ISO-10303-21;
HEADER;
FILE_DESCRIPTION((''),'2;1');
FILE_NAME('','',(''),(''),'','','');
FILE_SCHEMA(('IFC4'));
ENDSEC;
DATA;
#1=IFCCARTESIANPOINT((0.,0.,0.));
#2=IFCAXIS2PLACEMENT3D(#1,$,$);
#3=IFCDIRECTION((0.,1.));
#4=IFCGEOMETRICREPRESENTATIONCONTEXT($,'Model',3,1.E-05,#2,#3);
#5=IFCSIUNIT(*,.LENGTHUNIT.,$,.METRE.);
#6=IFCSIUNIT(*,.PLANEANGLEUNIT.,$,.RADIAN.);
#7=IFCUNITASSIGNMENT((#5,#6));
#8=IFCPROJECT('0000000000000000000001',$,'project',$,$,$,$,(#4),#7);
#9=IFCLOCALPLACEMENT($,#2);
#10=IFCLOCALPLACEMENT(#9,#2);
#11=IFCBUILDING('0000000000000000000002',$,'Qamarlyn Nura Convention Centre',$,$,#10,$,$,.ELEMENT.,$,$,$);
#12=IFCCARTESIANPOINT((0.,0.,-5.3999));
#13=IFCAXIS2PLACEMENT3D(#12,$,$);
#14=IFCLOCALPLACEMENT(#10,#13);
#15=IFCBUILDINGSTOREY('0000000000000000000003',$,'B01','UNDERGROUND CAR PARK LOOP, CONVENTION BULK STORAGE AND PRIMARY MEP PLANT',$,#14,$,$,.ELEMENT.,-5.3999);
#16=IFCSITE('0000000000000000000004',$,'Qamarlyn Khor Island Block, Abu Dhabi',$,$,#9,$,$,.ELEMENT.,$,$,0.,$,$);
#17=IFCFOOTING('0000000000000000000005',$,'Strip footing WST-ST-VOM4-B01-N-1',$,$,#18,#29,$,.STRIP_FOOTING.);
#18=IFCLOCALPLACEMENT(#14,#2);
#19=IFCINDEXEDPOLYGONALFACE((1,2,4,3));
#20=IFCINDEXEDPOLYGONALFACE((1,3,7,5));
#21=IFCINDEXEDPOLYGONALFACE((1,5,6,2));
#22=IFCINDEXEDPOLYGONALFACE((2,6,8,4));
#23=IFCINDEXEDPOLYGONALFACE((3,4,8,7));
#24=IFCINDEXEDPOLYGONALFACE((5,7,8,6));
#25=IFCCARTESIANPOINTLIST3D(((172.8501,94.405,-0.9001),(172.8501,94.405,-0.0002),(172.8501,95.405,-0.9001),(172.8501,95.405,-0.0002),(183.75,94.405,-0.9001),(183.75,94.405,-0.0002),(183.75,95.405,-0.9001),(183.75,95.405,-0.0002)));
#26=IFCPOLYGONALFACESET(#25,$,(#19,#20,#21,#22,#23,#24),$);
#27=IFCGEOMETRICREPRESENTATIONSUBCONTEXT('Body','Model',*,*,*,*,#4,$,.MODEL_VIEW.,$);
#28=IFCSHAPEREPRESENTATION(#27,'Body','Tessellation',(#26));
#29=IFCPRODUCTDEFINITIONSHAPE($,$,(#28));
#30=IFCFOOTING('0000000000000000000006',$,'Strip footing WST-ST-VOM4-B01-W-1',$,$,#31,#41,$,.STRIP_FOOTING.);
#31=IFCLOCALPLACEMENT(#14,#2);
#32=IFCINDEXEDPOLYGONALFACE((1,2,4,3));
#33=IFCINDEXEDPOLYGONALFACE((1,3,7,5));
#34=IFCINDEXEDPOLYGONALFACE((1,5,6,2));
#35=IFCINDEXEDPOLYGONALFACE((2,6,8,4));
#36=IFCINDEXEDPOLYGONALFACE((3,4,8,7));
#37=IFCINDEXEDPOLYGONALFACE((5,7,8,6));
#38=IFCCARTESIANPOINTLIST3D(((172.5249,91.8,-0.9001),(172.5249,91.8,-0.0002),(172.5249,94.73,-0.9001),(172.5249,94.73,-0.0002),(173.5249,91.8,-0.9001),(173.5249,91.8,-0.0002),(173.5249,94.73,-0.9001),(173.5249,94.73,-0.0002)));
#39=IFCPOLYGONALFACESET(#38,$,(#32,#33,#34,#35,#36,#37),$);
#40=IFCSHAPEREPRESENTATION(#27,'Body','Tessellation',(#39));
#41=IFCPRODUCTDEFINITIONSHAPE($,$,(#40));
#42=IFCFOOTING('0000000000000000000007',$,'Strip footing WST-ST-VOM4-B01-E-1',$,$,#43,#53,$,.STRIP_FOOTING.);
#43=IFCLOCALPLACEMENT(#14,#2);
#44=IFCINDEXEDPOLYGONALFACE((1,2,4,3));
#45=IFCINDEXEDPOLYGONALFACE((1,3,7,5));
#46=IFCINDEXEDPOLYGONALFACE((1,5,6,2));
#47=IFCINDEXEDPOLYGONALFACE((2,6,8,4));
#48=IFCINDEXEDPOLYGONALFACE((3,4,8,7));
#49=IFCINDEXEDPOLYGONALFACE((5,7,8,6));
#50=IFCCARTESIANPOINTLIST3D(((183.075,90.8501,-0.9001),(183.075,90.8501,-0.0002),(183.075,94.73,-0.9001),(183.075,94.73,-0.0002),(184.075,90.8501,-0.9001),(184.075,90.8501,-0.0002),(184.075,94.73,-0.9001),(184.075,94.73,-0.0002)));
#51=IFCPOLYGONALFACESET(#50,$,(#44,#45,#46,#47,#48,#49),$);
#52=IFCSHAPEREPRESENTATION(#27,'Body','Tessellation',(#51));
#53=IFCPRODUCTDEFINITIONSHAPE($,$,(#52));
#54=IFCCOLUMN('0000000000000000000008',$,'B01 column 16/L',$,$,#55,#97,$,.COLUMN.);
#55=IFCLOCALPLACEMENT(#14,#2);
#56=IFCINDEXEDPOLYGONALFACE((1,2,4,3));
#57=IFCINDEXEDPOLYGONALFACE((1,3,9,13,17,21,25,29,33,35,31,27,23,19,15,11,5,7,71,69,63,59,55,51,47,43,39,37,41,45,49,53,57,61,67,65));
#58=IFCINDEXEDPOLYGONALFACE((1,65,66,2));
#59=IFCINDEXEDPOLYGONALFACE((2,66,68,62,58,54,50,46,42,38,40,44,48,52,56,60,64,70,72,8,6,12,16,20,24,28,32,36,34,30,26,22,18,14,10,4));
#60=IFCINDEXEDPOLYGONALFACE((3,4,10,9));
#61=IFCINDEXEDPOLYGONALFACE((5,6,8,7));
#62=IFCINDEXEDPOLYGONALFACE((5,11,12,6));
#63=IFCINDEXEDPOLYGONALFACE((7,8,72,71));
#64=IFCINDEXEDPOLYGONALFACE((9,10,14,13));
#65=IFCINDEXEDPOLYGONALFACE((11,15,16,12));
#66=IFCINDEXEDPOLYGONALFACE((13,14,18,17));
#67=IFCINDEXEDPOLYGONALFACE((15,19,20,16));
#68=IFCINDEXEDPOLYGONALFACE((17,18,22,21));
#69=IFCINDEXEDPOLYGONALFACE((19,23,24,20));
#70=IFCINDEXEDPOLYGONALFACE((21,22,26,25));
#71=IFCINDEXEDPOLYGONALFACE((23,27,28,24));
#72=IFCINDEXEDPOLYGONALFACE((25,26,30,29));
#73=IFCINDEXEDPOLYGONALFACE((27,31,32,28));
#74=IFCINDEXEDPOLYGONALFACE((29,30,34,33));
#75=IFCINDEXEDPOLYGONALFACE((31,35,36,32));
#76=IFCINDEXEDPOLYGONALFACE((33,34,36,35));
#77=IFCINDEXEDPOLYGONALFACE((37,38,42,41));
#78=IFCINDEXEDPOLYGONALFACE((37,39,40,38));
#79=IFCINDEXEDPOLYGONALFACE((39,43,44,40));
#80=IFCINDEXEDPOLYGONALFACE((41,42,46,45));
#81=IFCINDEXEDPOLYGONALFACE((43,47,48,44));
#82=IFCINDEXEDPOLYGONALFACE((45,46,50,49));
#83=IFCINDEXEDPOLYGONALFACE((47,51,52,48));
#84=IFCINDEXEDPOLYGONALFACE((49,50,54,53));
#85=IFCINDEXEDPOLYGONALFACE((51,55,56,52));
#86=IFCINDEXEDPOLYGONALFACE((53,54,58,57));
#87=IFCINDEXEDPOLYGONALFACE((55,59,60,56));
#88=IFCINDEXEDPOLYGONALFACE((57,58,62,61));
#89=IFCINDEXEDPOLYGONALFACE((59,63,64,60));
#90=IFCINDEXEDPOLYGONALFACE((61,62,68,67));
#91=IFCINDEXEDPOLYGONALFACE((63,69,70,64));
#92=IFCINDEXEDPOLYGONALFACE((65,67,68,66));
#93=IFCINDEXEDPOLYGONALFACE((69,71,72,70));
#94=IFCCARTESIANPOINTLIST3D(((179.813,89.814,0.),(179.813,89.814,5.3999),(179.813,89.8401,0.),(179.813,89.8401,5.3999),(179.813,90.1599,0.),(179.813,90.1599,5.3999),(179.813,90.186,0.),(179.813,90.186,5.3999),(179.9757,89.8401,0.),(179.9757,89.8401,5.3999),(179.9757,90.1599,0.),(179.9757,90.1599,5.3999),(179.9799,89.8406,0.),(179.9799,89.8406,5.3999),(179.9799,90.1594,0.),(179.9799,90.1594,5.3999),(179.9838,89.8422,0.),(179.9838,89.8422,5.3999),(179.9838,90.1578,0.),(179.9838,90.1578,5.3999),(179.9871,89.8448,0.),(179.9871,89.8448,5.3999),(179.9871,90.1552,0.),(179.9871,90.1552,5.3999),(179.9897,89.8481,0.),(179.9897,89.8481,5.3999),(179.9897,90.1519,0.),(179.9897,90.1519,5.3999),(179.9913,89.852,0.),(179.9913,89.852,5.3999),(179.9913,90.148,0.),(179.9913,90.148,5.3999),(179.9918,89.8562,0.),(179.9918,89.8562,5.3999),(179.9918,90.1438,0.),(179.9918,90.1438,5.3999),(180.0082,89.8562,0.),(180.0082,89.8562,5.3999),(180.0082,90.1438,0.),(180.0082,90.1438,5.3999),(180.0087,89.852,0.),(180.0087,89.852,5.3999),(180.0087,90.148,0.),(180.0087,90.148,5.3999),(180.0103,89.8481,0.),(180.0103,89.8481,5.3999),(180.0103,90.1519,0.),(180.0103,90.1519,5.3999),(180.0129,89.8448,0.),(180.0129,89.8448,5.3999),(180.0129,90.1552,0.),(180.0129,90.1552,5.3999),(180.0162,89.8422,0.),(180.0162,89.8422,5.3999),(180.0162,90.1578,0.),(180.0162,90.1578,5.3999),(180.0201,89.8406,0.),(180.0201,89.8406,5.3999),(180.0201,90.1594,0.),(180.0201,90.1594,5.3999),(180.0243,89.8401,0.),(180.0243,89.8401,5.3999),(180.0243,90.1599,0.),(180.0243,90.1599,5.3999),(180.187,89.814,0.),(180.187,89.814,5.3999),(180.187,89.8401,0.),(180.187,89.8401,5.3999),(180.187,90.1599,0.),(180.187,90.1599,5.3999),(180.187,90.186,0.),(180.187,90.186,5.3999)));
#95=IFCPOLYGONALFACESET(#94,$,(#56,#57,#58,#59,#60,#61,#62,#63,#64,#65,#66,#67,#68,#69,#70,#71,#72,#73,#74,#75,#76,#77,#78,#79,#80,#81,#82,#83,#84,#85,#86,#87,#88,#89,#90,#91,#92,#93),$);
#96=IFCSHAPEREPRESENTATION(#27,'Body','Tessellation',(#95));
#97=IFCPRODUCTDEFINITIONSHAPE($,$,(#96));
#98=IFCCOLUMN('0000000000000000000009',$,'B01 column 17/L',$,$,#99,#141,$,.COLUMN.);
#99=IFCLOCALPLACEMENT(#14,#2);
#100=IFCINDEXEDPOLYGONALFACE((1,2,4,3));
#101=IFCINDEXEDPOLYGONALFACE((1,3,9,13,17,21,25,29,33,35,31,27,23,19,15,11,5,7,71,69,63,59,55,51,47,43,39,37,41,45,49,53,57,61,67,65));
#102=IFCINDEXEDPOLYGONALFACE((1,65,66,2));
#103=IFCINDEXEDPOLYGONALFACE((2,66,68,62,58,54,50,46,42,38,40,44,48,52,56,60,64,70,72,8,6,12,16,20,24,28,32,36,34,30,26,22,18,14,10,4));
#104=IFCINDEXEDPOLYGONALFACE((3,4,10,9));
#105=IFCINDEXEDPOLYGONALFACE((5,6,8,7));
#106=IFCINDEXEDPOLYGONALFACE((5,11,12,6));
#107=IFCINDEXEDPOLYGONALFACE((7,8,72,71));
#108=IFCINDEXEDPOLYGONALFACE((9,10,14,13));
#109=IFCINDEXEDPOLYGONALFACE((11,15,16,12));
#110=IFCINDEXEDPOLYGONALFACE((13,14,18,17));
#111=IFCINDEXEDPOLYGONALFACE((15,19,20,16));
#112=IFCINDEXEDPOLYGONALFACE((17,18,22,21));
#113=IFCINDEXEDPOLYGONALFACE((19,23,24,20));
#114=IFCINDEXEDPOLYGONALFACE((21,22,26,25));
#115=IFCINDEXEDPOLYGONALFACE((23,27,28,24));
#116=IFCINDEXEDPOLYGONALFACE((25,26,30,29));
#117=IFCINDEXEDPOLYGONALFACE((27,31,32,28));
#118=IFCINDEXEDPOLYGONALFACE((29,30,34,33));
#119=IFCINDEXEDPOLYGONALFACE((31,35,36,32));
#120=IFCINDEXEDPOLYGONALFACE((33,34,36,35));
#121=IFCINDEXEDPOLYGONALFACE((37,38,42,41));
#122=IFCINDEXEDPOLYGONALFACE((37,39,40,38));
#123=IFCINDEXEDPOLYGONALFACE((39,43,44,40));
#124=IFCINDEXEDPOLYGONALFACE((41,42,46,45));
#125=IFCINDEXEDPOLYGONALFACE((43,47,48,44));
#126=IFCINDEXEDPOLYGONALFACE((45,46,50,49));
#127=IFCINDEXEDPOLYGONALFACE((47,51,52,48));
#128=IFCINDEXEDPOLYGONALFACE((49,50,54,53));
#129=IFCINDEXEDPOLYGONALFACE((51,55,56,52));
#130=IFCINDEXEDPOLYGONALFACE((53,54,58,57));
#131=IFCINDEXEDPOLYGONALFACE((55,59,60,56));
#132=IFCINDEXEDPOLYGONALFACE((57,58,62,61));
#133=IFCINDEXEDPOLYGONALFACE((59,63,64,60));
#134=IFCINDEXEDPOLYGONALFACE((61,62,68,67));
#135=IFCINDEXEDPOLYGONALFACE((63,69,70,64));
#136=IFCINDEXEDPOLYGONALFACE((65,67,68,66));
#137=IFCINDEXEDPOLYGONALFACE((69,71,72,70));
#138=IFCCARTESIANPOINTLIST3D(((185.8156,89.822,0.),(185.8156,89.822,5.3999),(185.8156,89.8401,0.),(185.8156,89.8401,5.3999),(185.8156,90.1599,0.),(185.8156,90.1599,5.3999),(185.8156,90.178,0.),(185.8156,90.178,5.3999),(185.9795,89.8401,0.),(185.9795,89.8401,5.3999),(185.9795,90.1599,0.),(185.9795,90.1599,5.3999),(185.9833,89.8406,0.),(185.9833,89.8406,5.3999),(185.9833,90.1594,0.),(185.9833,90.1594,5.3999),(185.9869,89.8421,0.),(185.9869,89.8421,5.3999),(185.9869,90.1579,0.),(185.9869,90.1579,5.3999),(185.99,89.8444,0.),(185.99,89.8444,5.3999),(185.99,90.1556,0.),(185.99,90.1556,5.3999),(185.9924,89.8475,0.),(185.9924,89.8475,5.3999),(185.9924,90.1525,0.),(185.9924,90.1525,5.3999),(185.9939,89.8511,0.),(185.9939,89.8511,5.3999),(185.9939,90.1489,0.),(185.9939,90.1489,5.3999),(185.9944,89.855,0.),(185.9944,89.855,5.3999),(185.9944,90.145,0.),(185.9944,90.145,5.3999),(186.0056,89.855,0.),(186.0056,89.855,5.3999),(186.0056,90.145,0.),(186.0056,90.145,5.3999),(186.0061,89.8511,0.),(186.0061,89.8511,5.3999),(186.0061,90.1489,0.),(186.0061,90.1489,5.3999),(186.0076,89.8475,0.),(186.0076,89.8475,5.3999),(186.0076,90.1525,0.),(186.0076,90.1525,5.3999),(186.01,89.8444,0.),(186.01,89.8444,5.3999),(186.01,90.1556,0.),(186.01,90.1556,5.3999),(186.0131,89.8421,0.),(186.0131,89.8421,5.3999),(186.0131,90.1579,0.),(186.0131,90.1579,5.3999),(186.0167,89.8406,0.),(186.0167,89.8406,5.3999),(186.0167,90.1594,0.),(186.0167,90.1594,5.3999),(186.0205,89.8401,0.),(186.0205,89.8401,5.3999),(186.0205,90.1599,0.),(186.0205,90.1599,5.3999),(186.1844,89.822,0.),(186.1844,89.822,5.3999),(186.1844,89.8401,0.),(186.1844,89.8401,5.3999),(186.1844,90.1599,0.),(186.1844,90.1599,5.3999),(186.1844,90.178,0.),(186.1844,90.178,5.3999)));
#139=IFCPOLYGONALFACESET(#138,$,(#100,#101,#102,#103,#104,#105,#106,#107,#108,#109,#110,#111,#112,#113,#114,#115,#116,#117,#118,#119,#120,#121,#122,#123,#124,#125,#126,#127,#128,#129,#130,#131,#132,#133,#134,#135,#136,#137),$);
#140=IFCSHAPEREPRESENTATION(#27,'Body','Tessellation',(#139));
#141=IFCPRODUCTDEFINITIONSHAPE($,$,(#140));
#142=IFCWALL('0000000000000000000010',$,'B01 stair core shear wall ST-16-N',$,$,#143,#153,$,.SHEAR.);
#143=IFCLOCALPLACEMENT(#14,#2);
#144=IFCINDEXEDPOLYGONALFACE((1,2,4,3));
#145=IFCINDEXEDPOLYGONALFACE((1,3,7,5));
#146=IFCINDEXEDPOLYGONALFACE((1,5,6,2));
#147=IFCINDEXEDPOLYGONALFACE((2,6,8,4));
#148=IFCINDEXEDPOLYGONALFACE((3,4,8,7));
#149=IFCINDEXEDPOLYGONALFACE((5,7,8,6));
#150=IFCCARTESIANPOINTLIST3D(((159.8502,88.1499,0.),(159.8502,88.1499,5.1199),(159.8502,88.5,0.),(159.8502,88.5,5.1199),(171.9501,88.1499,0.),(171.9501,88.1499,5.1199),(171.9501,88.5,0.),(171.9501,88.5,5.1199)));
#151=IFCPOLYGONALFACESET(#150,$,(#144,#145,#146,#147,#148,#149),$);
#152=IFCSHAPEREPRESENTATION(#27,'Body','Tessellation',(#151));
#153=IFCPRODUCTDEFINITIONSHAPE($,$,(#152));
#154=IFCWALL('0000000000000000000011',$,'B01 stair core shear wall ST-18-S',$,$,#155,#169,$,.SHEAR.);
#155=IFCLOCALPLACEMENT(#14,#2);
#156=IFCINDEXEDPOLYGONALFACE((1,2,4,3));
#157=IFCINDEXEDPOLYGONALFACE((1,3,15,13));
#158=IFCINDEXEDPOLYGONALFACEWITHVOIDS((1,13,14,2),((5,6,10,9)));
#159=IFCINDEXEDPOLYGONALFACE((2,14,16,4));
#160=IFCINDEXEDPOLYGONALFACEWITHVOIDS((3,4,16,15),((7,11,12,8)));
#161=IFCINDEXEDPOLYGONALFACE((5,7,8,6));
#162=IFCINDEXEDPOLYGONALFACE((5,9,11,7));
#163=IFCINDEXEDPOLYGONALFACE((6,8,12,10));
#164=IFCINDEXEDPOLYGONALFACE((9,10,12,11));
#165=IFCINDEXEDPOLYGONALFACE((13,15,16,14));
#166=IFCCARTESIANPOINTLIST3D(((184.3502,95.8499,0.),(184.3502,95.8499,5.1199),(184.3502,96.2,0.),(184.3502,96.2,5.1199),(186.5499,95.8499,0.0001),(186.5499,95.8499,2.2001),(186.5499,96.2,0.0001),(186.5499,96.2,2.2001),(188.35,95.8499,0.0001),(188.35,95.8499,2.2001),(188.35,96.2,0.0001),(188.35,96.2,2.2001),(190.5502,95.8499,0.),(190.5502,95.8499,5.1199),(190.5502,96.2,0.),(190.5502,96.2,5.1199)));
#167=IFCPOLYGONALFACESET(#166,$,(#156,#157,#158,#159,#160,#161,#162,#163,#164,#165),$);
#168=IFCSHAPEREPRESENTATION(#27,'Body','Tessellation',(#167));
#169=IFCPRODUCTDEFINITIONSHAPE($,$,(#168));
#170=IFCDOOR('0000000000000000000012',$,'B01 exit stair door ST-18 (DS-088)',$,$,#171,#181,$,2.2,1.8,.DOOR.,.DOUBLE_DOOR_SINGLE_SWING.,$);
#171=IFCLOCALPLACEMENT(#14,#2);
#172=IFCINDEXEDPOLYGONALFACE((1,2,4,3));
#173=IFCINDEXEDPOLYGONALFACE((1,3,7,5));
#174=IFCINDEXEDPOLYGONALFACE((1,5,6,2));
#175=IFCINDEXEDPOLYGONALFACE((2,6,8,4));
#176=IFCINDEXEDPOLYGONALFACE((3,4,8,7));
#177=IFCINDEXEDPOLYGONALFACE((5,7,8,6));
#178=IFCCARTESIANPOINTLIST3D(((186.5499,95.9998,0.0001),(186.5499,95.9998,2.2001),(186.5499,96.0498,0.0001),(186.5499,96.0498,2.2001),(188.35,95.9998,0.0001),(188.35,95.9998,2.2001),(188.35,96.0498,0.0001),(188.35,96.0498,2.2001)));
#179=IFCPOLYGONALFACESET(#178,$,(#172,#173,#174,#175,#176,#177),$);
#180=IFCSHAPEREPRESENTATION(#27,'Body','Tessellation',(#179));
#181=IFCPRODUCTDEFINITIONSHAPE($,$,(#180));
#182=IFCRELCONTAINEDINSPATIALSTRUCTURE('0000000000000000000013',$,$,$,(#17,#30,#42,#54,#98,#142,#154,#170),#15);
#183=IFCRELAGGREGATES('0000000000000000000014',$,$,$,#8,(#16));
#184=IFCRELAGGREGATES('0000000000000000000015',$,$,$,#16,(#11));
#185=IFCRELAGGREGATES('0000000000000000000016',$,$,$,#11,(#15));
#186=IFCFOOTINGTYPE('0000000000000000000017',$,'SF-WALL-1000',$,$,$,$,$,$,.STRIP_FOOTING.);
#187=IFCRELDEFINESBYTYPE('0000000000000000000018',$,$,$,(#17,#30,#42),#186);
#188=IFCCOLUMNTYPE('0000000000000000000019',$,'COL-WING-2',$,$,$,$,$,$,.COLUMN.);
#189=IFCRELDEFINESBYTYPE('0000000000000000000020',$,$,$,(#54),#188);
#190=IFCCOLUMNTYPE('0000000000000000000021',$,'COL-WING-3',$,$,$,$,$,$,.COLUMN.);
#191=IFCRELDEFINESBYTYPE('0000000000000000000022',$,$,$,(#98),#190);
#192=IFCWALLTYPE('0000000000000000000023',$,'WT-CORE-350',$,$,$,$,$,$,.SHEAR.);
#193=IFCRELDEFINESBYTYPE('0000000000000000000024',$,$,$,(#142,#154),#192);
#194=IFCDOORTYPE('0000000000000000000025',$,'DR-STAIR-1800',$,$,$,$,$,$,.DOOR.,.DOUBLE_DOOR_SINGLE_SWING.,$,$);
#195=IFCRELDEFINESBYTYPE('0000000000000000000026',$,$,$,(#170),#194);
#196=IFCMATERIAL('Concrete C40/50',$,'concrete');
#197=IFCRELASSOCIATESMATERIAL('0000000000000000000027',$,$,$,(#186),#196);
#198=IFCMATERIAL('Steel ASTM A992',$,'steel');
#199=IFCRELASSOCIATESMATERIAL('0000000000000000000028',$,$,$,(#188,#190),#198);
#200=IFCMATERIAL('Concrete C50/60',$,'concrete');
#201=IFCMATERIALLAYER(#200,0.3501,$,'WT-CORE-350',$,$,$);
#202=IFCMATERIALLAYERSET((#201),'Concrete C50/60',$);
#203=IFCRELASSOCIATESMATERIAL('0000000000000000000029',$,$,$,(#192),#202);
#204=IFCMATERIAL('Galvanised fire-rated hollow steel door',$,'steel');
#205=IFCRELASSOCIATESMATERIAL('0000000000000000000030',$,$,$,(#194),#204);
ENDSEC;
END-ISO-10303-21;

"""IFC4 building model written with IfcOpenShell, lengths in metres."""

from ifc_helpers import new_model, si_unit, direction, frame, frame_2d, origin, origin_2d, place, context, subcontext, project, spatial, rectangle, i_section, extrude, material, layer, layer_set, material_profile, profile_set, type_object, element, fill, save


model = new_model("IFC4")

# Units and contexts
model_context = context("Model", 3, precision=1e-05, world=origin(), true_north=direction((0.0, 1.0)))
body_context = subcontext(model_context, "Body", "Model", "MODEL_VIEW")
ifc_project = project(units=[si_unit("LENGTHUNIT", "METRE"), si_unit("PLANEANGLEUNIT", "RADIAN")], contexts=[model_context])

# Site, building, storey
site_placement = place(None, origin())
site = spatial("IfcSite", under=ifc_project, at=site_placement, Name="Qamarlyn Khor Island Block, Abu Dhabi", CompositionType="ELEMENT", RefElevation=0.0)
building_placement = place(site_placement, origin())
building = spatial("IfcBuilding", under=site, at=building_placement, Name="Qamarlyn Nura Convention Centre", CompositionType="ELEMENT")
storey_placement = place(building_placement, frame((0.0, 0.0, -5.3999)))
storey = spatial("IfcBuildingStorey", under=building, at=storey_placement, Name="B01", Description="UNDERGROUND CAR PARK LOOP, CONVENTION BULK STORAGE AND PRIMARY MEP PLANT", CompositionType="ELEMENT", Elevation=-5.3999)

# Shared definitions
ifc_material_1 = material(Name="Concrete C40/50", Category="concrete")

# Footings
ifc_material_profile_1 = material_profile(ifc_material_1, rectangle(XDim=1.0, YDim=0.8999, at=origin_2d()), Name="RC STRIP 1000x900")
ifc_profile_set_1 = profile_set([ifc_material_profile_1], Name="Concrete C40/50")
footing_type_1 = type_object("IfcFootingType", Name="SF-WALL-1000", PredefinedType="STRIP_FOOTING", material=ifc_profile_set_1)
footing_1_placement = place(storey_placement, frame((183.75, 94.905, -0.4502), z_axis=(-1.0, 0.0, 0.0), x_axis=(0.0, -1.0, 0.0)))
element("IfcFooting", 1, at=footing_1_placement, inside=storey, type_object=footing_type_1, Name="Strip footing WST-ST-VOM4-B01-N-1", PredefinedType="STRIP_FOOTING", context=body_context, shape_type="SweptSolid", body=[
    extrude(rectangle(XDim=1.0, YDim=0.8999, at=origin_2d()), origin(), (0.0, 0.0, 1.0), 10.8999),
])
footing_2_placement = place(storey_placement, frame((173.0249, 94.73, -0.4502), z_axis=(0.0, -1.0, 0.0), x_axis=(1.0, 0.0, 0.0)))
element("IfcFooting", 2, at=footing_2_placement, inside=storey, type_object=footing_type_1, Name="Strip footing WST-ST-VOM4-B01-W-1", PredefinedType="STRIP_FOOTING", context=body_context, shape_type="SweptSolid", body=[
    extrude(rectangle(XDim=1.0, YDim=0.8999, at=origin_2d()), origin(), (0.0, 0.0, 1.0), 2.9299),
])
footing_3_placement = place(storey_placement, frame((183.575, 90.8501, -0.4502), z_axis=(0.0, 1.0, 0.0), x_axis=(-1.0, 0.0, 0.0)))
element("IfcFooting", 3, at=footing_3_placement, inside=storey, type_object=footing_type_1, Name="Strip footing WST-ST-VOM4-B01-E-1", PredefinedType="STRIP_FOOTING", context=body_context, shape_type="SweptSolid", body=[
    extrude(rectangle(XDim=1.0, YDim=0.8999, at=origin_2d()), origin(), (0.0, 0.0, 1.0), 3.8799),
])

# Columns
ifc_material_2 = material(Name="Steel ASTM A992", Category="steel")
ifc_material_profile_2 = material_profile(ifc_material_2, i_section(OverallWidth=0.374, OverallDepth=0.3721, WebThickness=0.0164, FlangeThickness=0.0261, FilletRadius=0.0161, at=origin_2d()), Name="W360X196")
ifc_profile_set_2 = profile_set([ifc_material_profile_2], Name="Steel ASTM A992")
column_type_1 = type_object("IfcColumnType", Name="COL-WING-2", PredefinedType="COLUMN", material=ifc_profile_set_2)
column_1_placement = place(storey_placement, frame((180.0, 90.0, 0.0), z_axis=(0.0, 0.0, 1.0), x_axis=(1.0, 0.0, 0.0)))
element("IfcColumn", 4, at=column_1_placement, inside=storey, type_object=column_type_1, Name="B01 column 16/L", PredefinedType="COLUMN", context=body_context, shape_type="SweptSolid", body=[
    extrude(i_section(OverallWidth=0.374, OverallDepth=0.3721, WebThickness=0.0164, FlangeThickness=0.0261, FilletRadius=0.0161, at=origin_2d()), origin(), (0.0, 0.0, 1.0), 5.3999),
])
ifc_material_profile_3 = material_profile(ifc_material_2, i_section(OverallWidth=0.3689, OverallDepth=0.356, WebThickness=0.0112, FlangeThickness=0.0181, FilletRadius=0.0149, at=origin_2d()), Name="W360X134")
ifc_profile_set_3 = profile_set([ifc_material_profile_3], Name="Steel ASTM A992")
column_type_2 = type_object("IfcColumnType", Name="COL-WING-3", PredefinedType="COLUMN", material=ifc_profile_set_3)
column_2_placement = place(storey_placement, frame((186.0, 90.0, 0.0), z_axis=(0.0, 0.0, 1.0), x_axis=(1.0, 0.0, 0.0)))
element("IfcColumn", 5, at=column_2_placement, inside=storey, type_object=column_type_2, Name="B01 column 17/L", PredefinedType="COLUMN", context=body_context, shape_type="SweptSolid", body=[
    extrude(i_section(OverallWidth=0.3689, OverallDepth=0.356, WebThickness=0.0112, FlangeThickness=0.0181, FilletRadius=0.0149, at=origin_2d()), origin(), (0.0, 0.0, 1.0), 5.3999),
])

# Wall
ifc_material_3 = material(Name="Concrete C50/60", Category="concrete")
ifc_layer = layer(ifc_material_3, 0.3501, Name="WT-CORE-350")
ifc_layer_set = layer_set([ifc_layer], Name="Concrete C50/60")
wall_type = type_object("IfcWallType", Name="WT-CORE-350", PredefinedType="SHEAR", material=ifc_layer_set)
wall_1_placement = place(storey_placement, frame((171.95, 88.325, 0.0), z_axis=(0.0, 0.0, 1.0), x_axis=(-1.0, 0.0, 0.0)))
element("IfcWall", 6, at=wall_1_placement, inside=storey, type_object=wall_type, Name="B01 stair core shear wall ST-16-N", PredefinedType="SHEAR", context=body_context, shape_type="SweptSolid", body=[
    extrude(rectangle(XDim=12.0999, YDim=0.3501, at=frame_2d((6.0498, 0.0))), origin(), (0.0, 0.0, 1.0), 5.1199),
])

# Wall, opening, door
wall_2_placement = place(storey_placement, frame((184.3501, 96.0249, 0.0), z_axis=(0.0, 0.0, 1.0), x_axis=(1.0, 0.0, 0.0)))
wall_2 = element("IfcWall", 7, at=wall_2_placement, inside=storey, type_object=wall_type, Name="B01 stair core shear wall ST-18-S", PredefinedType="SHEAR", context=body_context, shape_type="SweptSolid", body=[
    extrude(rectangle(XDim=6.2, YDim=0.3501, at=frame_2d((3.1001, 0.0))), origin(), (0.0, 0.0, 1.0), 5.1199),
])
opening_placement = place(wall_2_placement, frame((2.2, 0.0, 0.0)))
opening = element("IfcOpeningElement", 8, at=opening_placement, cuts=wall_2, PredefinedType="OPENING", context=body_context, shape_type="SweptSolid", body=[
    extrude(rectangle(XDim=1.8, YDim=2.2, at=frame_2d((0.8999, 1.1001))), frame((0.0, 0.1851, 0.0), z_axis=(0.0, -1.0, 0.0), x_axis=(1.0, 0.0, 0.0)), (0.0, 0.0, 1.0), 0.3701),
])
ifc_material_4 = material(Name="Galvanised fire-rated hollow steel door", Category="steel")
door_type = type_object("IfcDoorType", Name="DR-STAIR-1800", OperationType="DOUBLE_DOOR_SINGLE_SWING", PredefinedType="DOOR", material=ifc_material_4)
door_placement = place(opening_placement, origin())
door = element("IfcDoor", 9, at=door_placement, inside=storey, type_object=door_type, Name="B01 exit stair door ST-18 (DS-088)", OperationType="DOUBLE_DOOR_SINGLE_SWING", OverallHeight=2.2, OverallWidth=1.8, PredefinedType="DOOR", context=body_context, shape_type="SweptSolid", body=[
    extrude(rectangle(XDim=1.8, YDim=2.2, at=frame_2d((0.8999, 1.1001))), frame((0.0, 0.0249, 0.0), z_axis=(0.0, -1.0, 0.0), x_axis=(1.0, 0.0, 0.0)), (0.0, 0.0, 1.0), 0.05),
])
fill(opening, door)

save(model, "model.ifc")
